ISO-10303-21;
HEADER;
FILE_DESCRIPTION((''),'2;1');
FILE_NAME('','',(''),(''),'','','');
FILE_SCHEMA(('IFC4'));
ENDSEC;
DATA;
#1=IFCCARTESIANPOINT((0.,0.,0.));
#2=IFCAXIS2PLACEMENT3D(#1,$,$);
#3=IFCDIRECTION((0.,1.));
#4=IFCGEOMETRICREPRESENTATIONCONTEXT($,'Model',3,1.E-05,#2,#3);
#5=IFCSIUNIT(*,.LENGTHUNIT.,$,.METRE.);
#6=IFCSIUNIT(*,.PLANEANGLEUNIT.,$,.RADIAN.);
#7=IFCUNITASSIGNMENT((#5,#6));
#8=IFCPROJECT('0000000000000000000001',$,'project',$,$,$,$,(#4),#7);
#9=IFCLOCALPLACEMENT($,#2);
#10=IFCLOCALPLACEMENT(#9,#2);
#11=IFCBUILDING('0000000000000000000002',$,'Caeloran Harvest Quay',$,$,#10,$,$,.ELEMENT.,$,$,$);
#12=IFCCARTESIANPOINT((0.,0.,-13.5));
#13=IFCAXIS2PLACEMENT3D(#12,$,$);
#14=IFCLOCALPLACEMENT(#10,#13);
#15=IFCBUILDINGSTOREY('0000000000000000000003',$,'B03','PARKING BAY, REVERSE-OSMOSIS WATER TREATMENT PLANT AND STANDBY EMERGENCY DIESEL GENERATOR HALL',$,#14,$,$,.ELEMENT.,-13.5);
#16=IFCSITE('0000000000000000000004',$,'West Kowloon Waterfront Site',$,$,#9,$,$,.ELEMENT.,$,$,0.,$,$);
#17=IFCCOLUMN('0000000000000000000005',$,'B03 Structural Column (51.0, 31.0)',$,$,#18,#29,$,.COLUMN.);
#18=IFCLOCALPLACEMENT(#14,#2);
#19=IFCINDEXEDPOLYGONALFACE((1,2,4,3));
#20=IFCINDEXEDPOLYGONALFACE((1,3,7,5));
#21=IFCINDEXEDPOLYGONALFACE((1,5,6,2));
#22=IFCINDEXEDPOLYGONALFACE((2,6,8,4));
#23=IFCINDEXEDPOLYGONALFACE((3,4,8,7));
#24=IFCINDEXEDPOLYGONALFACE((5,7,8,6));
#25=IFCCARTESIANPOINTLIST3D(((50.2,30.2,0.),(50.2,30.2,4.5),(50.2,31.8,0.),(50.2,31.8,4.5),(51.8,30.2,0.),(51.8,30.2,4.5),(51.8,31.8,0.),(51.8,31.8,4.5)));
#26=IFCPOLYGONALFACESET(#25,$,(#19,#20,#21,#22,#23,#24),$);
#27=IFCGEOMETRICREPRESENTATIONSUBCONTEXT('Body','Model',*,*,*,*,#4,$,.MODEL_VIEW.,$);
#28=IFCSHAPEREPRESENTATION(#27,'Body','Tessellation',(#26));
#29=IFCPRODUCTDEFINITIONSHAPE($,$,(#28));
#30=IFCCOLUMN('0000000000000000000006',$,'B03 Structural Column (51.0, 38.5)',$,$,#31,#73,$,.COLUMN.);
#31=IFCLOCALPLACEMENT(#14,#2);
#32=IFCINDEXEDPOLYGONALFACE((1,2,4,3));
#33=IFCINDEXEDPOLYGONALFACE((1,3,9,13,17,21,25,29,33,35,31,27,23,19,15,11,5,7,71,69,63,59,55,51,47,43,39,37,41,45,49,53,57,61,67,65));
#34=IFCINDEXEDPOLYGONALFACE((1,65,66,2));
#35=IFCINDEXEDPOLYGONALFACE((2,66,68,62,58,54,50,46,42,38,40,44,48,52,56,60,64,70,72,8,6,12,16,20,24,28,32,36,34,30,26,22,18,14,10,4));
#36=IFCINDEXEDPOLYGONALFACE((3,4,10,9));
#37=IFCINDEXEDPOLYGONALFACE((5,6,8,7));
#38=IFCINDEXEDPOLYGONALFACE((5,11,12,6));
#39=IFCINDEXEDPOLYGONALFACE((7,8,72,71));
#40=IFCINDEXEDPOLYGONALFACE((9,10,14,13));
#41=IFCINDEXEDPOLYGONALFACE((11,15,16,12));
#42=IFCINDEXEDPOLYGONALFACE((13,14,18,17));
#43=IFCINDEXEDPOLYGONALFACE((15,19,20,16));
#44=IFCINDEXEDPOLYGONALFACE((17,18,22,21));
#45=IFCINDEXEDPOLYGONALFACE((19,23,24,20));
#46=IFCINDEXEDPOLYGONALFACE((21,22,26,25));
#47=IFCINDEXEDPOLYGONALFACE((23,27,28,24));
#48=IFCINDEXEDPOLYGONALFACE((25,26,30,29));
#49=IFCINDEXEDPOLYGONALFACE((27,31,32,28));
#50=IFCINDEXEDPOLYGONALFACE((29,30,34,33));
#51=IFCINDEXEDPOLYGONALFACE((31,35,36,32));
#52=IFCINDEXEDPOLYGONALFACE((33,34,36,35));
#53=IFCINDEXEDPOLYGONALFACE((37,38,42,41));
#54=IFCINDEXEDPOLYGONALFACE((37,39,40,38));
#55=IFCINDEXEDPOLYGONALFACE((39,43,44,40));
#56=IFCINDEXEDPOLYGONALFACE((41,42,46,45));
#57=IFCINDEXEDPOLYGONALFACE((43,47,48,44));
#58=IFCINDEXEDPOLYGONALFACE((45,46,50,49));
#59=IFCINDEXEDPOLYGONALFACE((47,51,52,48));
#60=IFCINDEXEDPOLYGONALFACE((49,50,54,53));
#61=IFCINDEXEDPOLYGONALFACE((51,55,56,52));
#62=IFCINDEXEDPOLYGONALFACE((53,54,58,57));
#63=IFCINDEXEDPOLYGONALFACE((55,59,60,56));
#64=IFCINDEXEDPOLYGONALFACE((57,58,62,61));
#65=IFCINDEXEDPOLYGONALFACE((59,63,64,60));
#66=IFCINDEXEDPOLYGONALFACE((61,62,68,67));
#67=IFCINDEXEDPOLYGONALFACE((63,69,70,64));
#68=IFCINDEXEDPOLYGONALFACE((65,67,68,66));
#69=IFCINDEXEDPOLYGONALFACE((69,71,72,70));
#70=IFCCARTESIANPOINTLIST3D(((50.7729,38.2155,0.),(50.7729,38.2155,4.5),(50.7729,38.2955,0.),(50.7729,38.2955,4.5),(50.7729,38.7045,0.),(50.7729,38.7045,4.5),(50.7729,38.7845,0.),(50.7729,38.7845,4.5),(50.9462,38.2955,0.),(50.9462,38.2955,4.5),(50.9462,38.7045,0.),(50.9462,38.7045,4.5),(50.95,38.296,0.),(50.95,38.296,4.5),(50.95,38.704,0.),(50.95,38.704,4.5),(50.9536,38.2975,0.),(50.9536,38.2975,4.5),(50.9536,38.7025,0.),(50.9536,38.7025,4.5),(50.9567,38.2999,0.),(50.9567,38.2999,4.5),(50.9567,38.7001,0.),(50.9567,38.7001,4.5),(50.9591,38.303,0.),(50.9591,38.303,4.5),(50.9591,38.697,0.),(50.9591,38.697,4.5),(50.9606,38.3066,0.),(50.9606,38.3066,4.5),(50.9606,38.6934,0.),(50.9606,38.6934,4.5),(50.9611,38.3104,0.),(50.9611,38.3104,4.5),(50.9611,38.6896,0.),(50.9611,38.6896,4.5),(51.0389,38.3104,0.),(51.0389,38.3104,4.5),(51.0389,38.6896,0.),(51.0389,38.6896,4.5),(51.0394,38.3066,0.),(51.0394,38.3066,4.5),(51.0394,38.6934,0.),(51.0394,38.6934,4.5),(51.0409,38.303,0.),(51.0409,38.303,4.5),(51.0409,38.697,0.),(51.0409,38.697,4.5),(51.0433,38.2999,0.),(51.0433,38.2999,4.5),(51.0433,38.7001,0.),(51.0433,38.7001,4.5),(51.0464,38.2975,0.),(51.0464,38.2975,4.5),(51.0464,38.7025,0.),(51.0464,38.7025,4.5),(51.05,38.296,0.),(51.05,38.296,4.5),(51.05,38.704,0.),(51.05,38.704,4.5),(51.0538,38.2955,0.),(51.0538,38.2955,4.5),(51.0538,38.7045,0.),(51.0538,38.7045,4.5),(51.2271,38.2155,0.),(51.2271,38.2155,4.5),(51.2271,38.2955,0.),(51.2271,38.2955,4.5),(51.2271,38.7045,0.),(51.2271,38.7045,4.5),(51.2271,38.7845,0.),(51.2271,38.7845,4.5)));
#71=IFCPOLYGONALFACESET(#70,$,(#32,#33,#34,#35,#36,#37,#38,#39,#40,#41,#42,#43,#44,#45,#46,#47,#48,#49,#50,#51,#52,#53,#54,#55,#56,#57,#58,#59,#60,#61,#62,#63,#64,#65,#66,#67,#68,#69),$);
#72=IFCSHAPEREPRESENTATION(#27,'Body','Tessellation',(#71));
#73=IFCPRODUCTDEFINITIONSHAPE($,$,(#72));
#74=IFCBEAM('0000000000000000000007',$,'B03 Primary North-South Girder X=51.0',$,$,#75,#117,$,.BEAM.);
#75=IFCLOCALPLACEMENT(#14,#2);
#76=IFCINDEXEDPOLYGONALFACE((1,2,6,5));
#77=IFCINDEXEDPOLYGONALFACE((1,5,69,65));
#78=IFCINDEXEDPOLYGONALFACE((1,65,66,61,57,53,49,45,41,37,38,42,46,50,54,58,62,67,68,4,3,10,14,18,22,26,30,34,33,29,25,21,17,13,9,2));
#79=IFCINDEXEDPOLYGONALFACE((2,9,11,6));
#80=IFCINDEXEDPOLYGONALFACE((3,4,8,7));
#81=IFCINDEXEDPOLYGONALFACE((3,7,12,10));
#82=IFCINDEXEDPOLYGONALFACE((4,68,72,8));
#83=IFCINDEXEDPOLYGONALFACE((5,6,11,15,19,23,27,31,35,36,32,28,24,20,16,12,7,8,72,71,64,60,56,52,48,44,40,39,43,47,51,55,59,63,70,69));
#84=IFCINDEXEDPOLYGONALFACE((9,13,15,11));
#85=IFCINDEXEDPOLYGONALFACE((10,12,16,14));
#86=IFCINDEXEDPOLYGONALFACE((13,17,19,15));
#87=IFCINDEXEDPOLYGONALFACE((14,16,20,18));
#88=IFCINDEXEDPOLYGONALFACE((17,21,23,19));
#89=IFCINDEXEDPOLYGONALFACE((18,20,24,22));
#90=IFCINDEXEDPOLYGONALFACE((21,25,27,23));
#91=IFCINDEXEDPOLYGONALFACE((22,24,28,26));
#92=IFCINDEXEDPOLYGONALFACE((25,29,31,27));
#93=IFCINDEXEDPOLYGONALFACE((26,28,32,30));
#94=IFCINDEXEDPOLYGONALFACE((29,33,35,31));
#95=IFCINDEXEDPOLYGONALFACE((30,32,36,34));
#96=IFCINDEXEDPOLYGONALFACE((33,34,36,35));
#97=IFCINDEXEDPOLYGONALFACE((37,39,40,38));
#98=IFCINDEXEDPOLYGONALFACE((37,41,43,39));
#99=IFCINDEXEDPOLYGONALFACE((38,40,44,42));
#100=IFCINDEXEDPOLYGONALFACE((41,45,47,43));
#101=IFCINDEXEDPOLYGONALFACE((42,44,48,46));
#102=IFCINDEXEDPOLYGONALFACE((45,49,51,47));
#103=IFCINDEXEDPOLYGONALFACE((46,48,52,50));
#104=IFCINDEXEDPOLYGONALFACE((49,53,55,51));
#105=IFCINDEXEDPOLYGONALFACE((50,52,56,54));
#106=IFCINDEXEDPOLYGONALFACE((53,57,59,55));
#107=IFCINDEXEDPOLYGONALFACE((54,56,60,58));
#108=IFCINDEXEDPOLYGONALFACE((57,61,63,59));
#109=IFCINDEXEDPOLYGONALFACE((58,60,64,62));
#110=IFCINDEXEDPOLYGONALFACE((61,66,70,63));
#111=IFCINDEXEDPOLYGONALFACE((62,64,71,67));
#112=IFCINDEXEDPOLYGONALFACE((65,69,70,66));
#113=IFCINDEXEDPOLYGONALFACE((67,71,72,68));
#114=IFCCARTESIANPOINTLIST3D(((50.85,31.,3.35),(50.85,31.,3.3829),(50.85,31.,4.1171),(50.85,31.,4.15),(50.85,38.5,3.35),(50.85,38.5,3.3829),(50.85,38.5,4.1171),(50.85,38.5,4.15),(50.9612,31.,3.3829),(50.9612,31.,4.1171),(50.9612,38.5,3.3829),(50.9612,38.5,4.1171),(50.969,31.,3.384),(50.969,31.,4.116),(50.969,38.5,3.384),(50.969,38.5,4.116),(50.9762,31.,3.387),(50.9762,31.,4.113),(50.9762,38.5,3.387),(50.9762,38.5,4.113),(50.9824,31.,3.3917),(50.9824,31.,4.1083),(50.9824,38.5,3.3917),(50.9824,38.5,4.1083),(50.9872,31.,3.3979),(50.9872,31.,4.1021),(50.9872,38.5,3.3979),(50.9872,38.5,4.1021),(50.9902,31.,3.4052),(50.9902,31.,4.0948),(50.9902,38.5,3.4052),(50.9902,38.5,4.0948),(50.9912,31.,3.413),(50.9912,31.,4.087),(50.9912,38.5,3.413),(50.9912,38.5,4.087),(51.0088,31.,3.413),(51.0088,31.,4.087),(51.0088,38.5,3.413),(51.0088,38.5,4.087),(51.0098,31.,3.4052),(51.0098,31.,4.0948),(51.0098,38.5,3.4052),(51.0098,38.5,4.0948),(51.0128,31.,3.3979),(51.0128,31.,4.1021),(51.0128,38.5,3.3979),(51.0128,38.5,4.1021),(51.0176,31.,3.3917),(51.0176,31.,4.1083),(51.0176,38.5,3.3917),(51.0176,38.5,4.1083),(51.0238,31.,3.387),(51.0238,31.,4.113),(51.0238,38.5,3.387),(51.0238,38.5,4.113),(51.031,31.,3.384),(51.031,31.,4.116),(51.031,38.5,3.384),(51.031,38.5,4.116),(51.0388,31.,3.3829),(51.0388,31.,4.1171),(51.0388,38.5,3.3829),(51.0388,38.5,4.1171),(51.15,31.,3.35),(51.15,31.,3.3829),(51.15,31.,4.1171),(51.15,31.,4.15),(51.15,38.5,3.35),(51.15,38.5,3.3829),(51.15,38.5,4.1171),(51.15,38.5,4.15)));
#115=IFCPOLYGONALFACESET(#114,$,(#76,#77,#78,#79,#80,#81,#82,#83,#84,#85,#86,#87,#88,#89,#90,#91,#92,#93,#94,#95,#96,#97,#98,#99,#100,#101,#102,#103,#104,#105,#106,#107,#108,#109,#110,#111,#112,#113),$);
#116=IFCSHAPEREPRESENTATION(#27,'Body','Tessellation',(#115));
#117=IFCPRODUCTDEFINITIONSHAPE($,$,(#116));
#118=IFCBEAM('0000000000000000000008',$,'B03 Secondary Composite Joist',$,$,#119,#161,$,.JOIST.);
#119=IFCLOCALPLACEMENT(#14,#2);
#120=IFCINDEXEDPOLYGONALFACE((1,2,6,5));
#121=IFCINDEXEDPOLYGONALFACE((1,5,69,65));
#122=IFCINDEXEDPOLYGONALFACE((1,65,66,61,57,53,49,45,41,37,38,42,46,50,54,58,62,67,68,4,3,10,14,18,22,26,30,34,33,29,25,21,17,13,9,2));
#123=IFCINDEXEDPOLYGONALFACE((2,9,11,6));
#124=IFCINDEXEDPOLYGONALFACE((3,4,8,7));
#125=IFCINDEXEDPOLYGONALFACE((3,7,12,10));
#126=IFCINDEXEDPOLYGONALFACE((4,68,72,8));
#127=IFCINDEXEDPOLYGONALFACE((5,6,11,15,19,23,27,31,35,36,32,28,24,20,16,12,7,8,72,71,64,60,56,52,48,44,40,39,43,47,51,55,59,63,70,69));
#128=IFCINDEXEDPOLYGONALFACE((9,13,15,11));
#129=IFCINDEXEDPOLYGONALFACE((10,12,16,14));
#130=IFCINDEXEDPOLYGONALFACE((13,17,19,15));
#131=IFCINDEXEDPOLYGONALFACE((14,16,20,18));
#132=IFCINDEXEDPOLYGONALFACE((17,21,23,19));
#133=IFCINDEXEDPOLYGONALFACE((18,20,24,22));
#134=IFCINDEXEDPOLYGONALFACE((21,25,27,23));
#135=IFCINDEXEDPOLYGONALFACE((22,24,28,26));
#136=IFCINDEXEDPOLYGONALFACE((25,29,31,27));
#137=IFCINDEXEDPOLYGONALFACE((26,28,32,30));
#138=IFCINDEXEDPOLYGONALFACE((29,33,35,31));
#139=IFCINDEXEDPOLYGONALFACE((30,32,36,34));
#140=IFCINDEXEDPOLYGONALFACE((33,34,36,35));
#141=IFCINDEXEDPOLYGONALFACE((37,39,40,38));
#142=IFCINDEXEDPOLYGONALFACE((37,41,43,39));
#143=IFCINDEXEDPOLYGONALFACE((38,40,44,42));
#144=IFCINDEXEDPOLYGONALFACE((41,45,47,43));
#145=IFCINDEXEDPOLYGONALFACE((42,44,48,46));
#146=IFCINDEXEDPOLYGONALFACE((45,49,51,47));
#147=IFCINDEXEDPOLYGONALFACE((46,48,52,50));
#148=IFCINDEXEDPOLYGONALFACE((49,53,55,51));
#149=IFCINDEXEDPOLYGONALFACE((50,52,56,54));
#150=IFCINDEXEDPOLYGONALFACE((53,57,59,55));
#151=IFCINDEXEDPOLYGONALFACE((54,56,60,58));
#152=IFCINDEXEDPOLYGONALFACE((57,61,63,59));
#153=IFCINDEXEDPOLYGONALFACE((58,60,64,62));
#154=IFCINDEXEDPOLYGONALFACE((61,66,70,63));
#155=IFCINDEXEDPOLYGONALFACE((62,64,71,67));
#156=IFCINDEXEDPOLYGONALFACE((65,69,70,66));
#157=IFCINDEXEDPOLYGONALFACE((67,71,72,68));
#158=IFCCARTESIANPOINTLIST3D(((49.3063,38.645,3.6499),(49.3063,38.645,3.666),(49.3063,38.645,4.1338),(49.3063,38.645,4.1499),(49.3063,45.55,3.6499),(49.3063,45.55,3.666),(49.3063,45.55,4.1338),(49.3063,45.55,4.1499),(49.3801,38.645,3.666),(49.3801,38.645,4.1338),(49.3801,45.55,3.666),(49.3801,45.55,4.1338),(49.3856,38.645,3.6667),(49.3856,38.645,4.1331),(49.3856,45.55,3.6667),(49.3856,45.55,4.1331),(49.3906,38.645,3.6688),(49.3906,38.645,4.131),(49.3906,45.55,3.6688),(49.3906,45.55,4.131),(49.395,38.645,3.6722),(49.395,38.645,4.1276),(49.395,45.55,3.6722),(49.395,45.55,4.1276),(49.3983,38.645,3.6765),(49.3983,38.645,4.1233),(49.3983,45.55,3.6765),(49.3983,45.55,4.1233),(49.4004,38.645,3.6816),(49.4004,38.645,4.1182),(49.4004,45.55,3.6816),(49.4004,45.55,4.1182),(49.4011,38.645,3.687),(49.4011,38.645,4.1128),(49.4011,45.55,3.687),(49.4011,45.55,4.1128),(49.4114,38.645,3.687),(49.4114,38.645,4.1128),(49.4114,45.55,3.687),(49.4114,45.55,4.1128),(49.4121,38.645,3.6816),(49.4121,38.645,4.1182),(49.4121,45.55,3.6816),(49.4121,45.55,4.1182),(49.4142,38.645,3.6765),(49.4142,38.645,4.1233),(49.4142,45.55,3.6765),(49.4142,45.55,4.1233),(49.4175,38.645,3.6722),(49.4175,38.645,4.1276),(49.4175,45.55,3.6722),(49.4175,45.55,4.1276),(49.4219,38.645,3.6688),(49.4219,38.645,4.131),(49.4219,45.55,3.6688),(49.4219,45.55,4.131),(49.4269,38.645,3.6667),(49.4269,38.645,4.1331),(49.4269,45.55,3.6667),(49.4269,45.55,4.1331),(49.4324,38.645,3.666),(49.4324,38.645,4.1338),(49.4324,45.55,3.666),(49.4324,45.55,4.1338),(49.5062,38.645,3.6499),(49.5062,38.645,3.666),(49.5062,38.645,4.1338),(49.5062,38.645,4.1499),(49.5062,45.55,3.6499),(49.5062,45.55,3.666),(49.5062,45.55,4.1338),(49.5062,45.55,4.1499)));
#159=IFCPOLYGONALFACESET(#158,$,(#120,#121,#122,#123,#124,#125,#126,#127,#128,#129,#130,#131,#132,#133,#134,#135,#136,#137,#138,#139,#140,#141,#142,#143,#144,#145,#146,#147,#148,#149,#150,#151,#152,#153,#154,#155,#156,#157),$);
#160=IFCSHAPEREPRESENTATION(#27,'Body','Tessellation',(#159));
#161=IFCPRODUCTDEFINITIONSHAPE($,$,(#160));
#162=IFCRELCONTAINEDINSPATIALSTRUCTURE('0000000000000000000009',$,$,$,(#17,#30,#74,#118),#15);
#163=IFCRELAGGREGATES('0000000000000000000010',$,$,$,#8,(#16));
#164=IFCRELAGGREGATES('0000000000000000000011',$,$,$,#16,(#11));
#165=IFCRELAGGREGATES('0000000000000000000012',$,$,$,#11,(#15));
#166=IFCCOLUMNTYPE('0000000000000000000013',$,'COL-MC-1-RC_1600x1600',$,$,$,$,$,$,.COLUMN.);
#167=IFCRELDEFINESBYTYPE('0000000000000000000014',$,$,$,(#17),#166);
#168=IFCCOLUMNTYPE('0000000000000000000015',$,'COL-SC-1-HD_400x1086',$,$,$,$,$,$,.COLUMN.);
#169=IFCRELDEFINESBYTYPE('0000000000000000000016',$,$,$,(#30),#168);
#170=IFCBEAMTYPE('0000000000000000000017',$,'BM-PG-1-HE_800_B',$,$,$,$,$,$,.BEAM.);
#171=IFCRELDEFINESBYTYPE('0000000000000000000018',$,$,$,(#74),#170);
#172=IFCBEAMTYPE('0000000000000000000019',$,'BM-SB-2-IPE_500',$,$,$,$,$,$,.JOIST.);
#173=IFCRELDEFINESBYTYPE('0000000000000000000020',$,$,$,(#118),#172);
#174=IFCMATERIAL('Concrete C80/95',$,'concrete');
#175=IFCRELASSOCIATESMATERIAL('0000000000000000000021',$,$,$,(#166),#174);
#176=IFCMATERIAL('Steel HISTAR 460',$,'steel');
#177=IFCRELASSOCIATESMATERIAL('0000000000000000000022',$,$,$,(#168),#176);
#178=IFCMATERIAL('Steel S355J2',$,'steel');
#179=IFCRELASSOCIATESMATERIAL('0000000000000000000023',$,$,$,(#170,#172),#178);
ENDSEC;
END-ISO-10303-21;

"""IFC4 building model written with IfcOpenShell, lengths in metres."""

from ifc_helpers import new_model, si_unit, direction, frame, origin, origin_2d, place, context, subcontext, project, spatial, rectangle, i_section, extrude, material, material_profile, profile_set, type_object, element, save


model = new_model("IFC4")

# Units and contexts
model_context = context("Model", 3, precision=1e-05, world=origin(), true_north=direction((0.0, 1.0)))
body_context = subcontext(model_context, "Body", "Model", "MODEL_VIEW")
ifc_project = project(units=[si_unit("LENGTHUNIT", "METRE"), si_unit("PLANEANGLEUNIT", "RADIAN")], contexts=[model_context])

# Site, building, storey
site_placement = place(None, origin())
site = spatial("IfcSite", under=ifc_project, at=site_placement, Name="West Kowloon Waterfront Site", CompositionType="ELEMENT", RefElevation=0.0)
building_placement = place(site_placement, origin())
building = spatial("IfcBuilding", under=site, at=building_placement, Name="Caeloran Harvest Quay", CompositionType="ELEMENT")
storey_placement = place(building_placement, frame((0.0, 0.0, -13.5)))
storey = spatial("IfcBuildingStorey", under=building, at=storey_placement, Name="B03", Description="PARKING BAY, REVERSE-OSMOSIS WATER TREATMENT PLANT AND STANDBY EMERGENCY DIESEL GENERATOR HALL", CompositionType="ELEMENT", Elevation=-13.5)

# Columns
ifc_material_1 = material(Name="Concrete C80/95", Category="concrete")
ifc_material_profile_1 = material_profile(ifc_material_1, rectangle(XDim=1.6001, YDim=1.6001, at=origin_2d()), Name="RC 1600x1600")
ifc_profile_set_1 = profile_set([ifc_material_profile_1], Name="Concrete C80/95")
column_type_1 = type_object("IfcColumnType", Name="COL-MC-1-RC_1600x1600", PredefinedType="COLUMN", material=ifc_profile_set_1)
column_1_placement = place(storey_placement, frame((51.0, 31.0, 0.0), z_axis=(0.0, 0.0, 1.0), x_axis=(1.0, 0.0, 0.0)))
element("IfcColumn", 1, at=column_1_placement, inside=storey, type_object=column_type_1, Name="B03 Structural Column (51.0, 31.0)", PredefinedType="COLUMN", context=body_context, shape_type="SweptSolid", body=[
    extrude(rectangle(XDim=1.6001, YDim=1.6001, at=origin_2d()), origin(), (0.0, 0.0, 1.0), 4.5),
])
ifc_material_2 = material(Name="Steel HISTAR 460", Category="steel")
ifc_material_profile_2 = material_profile(ifc_material_2, i_section(OverallWidth=0.4541, OverallDepth=0.5691, WebThickness=0.0779, FlangeThickness=0.0801, FilletRadius=0.0149, at=origin_2d()), Name="HD 400x1086")
ifc_profile_set_2 = profile_set([ifc_material_profile_2], Name="Steel HISTAR 460")
column_type_2 = type_object("IfcColumnType", Name="COL-SC-1-HD_400x1086", PredefinedType="COLUMN", material=ifc_profile_set_2)
column_2_placement = place(storey_placement, frame((51.0, 38.5, 0.0), z_axis=(0.0, 0.0, 1.0), x_axis=(1.0, 0.0, 0.0)))
element("IfcColumn", 2, at=column_2_placement, inside=storey, type_object=column_type_2, Name="B03 Structural Column (51.0, 38.5)", PredefinedType="COLUMN", context=body_context, shape_type="SweptSolid", body=[
    extrude(i_section(OverallWidth=0.4541, OverallDepth=0.5691, WebThickness=0.0779, FlangeThickness=0.0801, FilletRadius=0.0149, at=origin_2d()), origin(), (0.0, 0.0, 1.0), 4.5),
])

# Beams
ifc_material_3 = material(Name="Steel S355J2", Category="steel")
ifc_material_profile_3 = material_profile(ifc_material_3, i_section(OverallWidth=0.3, OverallDepth=0.8, WebThickness=0.0176, FlangeThickness=0.033, FilletRadius=0.03, at=origin_2d()), Name="HE 800 B")
ifc_profile_set_3 = profile_set([ifc_material_profile_3], Name="Steel S355J2")
beam_type_1 = type_object("IfcBeamType", Name="BM-PG-1-HE_800_B", PredefinedType="BEAM", material=ifc_profile_set_3)
beam_1_placement = place(storey_placement, frame((51.0, 31.0, 3.75), z_axis=(0.0, 1.0, 0.0), x_axis=(-1.0, 0.0, 0.0)))
element("IfcBeam", 3, at=beam_1_placement, inside=storey, type_object=beam_type_1, Name="B03 Primary North-South Girder X=51.0", PredefinedType="BEAM", context=body_context, shape_type="SweptSolid", body=[
    extrude(i_section(OverallWidth=0.3, OverallDepth=0.8, WebThickness=0.0176, FlangeThickness=0.033, FilletRadius=0.03, at=origin_2d()), origin(), (0.0, 0.0, 1.0), 7.5),
])
ifc_material_profile_4 = material_profile(ifc_material_3, i_section(OverallWidth=0.2, OverallDepth=0.5, WebThickness=0.0103, FlangeThickness=0.0161, FilletRadius=0.021, at=origin_2d()), Name="IPE 500")
ifc_profile_set_4 = profile_set([ifc_material_profile_4], Name="Steel S355J2")
beam_type_2 = type_object("IfcBeamType", Name="BM-SB-2-IPE_500", PredefinedType="JOIST", material=ifc_profile_set_4)
for number, where, z_axis, x_axis, name in (
    (4, (49.4062, 38.645, 3.8999), (0.0, 1.0, 0.0), (-1.0, 0.0, 0.0), "B03 Secondary Composite Joist"),
):
    element("IfcBeam", number, at=place(storey_placement, frame(where, z_axis=z_axis, x_axis=x_axis)), inside=storey, type_object=beam_type_2, Name=name, PredefinedType="JOIST", context=body_context, shape_type="SweptSolid", body=[
        extrude(i_section(OverallWidth=0.2, OverallDepth=0.5, WebThickness=0.0103, FlangeThickness=0.0161, FilletRadius=0.021, at=origin_2d()), origin(), (0.0, 0.0, 1.0), 6.905),
    ])

save(model, "model.ifc")
